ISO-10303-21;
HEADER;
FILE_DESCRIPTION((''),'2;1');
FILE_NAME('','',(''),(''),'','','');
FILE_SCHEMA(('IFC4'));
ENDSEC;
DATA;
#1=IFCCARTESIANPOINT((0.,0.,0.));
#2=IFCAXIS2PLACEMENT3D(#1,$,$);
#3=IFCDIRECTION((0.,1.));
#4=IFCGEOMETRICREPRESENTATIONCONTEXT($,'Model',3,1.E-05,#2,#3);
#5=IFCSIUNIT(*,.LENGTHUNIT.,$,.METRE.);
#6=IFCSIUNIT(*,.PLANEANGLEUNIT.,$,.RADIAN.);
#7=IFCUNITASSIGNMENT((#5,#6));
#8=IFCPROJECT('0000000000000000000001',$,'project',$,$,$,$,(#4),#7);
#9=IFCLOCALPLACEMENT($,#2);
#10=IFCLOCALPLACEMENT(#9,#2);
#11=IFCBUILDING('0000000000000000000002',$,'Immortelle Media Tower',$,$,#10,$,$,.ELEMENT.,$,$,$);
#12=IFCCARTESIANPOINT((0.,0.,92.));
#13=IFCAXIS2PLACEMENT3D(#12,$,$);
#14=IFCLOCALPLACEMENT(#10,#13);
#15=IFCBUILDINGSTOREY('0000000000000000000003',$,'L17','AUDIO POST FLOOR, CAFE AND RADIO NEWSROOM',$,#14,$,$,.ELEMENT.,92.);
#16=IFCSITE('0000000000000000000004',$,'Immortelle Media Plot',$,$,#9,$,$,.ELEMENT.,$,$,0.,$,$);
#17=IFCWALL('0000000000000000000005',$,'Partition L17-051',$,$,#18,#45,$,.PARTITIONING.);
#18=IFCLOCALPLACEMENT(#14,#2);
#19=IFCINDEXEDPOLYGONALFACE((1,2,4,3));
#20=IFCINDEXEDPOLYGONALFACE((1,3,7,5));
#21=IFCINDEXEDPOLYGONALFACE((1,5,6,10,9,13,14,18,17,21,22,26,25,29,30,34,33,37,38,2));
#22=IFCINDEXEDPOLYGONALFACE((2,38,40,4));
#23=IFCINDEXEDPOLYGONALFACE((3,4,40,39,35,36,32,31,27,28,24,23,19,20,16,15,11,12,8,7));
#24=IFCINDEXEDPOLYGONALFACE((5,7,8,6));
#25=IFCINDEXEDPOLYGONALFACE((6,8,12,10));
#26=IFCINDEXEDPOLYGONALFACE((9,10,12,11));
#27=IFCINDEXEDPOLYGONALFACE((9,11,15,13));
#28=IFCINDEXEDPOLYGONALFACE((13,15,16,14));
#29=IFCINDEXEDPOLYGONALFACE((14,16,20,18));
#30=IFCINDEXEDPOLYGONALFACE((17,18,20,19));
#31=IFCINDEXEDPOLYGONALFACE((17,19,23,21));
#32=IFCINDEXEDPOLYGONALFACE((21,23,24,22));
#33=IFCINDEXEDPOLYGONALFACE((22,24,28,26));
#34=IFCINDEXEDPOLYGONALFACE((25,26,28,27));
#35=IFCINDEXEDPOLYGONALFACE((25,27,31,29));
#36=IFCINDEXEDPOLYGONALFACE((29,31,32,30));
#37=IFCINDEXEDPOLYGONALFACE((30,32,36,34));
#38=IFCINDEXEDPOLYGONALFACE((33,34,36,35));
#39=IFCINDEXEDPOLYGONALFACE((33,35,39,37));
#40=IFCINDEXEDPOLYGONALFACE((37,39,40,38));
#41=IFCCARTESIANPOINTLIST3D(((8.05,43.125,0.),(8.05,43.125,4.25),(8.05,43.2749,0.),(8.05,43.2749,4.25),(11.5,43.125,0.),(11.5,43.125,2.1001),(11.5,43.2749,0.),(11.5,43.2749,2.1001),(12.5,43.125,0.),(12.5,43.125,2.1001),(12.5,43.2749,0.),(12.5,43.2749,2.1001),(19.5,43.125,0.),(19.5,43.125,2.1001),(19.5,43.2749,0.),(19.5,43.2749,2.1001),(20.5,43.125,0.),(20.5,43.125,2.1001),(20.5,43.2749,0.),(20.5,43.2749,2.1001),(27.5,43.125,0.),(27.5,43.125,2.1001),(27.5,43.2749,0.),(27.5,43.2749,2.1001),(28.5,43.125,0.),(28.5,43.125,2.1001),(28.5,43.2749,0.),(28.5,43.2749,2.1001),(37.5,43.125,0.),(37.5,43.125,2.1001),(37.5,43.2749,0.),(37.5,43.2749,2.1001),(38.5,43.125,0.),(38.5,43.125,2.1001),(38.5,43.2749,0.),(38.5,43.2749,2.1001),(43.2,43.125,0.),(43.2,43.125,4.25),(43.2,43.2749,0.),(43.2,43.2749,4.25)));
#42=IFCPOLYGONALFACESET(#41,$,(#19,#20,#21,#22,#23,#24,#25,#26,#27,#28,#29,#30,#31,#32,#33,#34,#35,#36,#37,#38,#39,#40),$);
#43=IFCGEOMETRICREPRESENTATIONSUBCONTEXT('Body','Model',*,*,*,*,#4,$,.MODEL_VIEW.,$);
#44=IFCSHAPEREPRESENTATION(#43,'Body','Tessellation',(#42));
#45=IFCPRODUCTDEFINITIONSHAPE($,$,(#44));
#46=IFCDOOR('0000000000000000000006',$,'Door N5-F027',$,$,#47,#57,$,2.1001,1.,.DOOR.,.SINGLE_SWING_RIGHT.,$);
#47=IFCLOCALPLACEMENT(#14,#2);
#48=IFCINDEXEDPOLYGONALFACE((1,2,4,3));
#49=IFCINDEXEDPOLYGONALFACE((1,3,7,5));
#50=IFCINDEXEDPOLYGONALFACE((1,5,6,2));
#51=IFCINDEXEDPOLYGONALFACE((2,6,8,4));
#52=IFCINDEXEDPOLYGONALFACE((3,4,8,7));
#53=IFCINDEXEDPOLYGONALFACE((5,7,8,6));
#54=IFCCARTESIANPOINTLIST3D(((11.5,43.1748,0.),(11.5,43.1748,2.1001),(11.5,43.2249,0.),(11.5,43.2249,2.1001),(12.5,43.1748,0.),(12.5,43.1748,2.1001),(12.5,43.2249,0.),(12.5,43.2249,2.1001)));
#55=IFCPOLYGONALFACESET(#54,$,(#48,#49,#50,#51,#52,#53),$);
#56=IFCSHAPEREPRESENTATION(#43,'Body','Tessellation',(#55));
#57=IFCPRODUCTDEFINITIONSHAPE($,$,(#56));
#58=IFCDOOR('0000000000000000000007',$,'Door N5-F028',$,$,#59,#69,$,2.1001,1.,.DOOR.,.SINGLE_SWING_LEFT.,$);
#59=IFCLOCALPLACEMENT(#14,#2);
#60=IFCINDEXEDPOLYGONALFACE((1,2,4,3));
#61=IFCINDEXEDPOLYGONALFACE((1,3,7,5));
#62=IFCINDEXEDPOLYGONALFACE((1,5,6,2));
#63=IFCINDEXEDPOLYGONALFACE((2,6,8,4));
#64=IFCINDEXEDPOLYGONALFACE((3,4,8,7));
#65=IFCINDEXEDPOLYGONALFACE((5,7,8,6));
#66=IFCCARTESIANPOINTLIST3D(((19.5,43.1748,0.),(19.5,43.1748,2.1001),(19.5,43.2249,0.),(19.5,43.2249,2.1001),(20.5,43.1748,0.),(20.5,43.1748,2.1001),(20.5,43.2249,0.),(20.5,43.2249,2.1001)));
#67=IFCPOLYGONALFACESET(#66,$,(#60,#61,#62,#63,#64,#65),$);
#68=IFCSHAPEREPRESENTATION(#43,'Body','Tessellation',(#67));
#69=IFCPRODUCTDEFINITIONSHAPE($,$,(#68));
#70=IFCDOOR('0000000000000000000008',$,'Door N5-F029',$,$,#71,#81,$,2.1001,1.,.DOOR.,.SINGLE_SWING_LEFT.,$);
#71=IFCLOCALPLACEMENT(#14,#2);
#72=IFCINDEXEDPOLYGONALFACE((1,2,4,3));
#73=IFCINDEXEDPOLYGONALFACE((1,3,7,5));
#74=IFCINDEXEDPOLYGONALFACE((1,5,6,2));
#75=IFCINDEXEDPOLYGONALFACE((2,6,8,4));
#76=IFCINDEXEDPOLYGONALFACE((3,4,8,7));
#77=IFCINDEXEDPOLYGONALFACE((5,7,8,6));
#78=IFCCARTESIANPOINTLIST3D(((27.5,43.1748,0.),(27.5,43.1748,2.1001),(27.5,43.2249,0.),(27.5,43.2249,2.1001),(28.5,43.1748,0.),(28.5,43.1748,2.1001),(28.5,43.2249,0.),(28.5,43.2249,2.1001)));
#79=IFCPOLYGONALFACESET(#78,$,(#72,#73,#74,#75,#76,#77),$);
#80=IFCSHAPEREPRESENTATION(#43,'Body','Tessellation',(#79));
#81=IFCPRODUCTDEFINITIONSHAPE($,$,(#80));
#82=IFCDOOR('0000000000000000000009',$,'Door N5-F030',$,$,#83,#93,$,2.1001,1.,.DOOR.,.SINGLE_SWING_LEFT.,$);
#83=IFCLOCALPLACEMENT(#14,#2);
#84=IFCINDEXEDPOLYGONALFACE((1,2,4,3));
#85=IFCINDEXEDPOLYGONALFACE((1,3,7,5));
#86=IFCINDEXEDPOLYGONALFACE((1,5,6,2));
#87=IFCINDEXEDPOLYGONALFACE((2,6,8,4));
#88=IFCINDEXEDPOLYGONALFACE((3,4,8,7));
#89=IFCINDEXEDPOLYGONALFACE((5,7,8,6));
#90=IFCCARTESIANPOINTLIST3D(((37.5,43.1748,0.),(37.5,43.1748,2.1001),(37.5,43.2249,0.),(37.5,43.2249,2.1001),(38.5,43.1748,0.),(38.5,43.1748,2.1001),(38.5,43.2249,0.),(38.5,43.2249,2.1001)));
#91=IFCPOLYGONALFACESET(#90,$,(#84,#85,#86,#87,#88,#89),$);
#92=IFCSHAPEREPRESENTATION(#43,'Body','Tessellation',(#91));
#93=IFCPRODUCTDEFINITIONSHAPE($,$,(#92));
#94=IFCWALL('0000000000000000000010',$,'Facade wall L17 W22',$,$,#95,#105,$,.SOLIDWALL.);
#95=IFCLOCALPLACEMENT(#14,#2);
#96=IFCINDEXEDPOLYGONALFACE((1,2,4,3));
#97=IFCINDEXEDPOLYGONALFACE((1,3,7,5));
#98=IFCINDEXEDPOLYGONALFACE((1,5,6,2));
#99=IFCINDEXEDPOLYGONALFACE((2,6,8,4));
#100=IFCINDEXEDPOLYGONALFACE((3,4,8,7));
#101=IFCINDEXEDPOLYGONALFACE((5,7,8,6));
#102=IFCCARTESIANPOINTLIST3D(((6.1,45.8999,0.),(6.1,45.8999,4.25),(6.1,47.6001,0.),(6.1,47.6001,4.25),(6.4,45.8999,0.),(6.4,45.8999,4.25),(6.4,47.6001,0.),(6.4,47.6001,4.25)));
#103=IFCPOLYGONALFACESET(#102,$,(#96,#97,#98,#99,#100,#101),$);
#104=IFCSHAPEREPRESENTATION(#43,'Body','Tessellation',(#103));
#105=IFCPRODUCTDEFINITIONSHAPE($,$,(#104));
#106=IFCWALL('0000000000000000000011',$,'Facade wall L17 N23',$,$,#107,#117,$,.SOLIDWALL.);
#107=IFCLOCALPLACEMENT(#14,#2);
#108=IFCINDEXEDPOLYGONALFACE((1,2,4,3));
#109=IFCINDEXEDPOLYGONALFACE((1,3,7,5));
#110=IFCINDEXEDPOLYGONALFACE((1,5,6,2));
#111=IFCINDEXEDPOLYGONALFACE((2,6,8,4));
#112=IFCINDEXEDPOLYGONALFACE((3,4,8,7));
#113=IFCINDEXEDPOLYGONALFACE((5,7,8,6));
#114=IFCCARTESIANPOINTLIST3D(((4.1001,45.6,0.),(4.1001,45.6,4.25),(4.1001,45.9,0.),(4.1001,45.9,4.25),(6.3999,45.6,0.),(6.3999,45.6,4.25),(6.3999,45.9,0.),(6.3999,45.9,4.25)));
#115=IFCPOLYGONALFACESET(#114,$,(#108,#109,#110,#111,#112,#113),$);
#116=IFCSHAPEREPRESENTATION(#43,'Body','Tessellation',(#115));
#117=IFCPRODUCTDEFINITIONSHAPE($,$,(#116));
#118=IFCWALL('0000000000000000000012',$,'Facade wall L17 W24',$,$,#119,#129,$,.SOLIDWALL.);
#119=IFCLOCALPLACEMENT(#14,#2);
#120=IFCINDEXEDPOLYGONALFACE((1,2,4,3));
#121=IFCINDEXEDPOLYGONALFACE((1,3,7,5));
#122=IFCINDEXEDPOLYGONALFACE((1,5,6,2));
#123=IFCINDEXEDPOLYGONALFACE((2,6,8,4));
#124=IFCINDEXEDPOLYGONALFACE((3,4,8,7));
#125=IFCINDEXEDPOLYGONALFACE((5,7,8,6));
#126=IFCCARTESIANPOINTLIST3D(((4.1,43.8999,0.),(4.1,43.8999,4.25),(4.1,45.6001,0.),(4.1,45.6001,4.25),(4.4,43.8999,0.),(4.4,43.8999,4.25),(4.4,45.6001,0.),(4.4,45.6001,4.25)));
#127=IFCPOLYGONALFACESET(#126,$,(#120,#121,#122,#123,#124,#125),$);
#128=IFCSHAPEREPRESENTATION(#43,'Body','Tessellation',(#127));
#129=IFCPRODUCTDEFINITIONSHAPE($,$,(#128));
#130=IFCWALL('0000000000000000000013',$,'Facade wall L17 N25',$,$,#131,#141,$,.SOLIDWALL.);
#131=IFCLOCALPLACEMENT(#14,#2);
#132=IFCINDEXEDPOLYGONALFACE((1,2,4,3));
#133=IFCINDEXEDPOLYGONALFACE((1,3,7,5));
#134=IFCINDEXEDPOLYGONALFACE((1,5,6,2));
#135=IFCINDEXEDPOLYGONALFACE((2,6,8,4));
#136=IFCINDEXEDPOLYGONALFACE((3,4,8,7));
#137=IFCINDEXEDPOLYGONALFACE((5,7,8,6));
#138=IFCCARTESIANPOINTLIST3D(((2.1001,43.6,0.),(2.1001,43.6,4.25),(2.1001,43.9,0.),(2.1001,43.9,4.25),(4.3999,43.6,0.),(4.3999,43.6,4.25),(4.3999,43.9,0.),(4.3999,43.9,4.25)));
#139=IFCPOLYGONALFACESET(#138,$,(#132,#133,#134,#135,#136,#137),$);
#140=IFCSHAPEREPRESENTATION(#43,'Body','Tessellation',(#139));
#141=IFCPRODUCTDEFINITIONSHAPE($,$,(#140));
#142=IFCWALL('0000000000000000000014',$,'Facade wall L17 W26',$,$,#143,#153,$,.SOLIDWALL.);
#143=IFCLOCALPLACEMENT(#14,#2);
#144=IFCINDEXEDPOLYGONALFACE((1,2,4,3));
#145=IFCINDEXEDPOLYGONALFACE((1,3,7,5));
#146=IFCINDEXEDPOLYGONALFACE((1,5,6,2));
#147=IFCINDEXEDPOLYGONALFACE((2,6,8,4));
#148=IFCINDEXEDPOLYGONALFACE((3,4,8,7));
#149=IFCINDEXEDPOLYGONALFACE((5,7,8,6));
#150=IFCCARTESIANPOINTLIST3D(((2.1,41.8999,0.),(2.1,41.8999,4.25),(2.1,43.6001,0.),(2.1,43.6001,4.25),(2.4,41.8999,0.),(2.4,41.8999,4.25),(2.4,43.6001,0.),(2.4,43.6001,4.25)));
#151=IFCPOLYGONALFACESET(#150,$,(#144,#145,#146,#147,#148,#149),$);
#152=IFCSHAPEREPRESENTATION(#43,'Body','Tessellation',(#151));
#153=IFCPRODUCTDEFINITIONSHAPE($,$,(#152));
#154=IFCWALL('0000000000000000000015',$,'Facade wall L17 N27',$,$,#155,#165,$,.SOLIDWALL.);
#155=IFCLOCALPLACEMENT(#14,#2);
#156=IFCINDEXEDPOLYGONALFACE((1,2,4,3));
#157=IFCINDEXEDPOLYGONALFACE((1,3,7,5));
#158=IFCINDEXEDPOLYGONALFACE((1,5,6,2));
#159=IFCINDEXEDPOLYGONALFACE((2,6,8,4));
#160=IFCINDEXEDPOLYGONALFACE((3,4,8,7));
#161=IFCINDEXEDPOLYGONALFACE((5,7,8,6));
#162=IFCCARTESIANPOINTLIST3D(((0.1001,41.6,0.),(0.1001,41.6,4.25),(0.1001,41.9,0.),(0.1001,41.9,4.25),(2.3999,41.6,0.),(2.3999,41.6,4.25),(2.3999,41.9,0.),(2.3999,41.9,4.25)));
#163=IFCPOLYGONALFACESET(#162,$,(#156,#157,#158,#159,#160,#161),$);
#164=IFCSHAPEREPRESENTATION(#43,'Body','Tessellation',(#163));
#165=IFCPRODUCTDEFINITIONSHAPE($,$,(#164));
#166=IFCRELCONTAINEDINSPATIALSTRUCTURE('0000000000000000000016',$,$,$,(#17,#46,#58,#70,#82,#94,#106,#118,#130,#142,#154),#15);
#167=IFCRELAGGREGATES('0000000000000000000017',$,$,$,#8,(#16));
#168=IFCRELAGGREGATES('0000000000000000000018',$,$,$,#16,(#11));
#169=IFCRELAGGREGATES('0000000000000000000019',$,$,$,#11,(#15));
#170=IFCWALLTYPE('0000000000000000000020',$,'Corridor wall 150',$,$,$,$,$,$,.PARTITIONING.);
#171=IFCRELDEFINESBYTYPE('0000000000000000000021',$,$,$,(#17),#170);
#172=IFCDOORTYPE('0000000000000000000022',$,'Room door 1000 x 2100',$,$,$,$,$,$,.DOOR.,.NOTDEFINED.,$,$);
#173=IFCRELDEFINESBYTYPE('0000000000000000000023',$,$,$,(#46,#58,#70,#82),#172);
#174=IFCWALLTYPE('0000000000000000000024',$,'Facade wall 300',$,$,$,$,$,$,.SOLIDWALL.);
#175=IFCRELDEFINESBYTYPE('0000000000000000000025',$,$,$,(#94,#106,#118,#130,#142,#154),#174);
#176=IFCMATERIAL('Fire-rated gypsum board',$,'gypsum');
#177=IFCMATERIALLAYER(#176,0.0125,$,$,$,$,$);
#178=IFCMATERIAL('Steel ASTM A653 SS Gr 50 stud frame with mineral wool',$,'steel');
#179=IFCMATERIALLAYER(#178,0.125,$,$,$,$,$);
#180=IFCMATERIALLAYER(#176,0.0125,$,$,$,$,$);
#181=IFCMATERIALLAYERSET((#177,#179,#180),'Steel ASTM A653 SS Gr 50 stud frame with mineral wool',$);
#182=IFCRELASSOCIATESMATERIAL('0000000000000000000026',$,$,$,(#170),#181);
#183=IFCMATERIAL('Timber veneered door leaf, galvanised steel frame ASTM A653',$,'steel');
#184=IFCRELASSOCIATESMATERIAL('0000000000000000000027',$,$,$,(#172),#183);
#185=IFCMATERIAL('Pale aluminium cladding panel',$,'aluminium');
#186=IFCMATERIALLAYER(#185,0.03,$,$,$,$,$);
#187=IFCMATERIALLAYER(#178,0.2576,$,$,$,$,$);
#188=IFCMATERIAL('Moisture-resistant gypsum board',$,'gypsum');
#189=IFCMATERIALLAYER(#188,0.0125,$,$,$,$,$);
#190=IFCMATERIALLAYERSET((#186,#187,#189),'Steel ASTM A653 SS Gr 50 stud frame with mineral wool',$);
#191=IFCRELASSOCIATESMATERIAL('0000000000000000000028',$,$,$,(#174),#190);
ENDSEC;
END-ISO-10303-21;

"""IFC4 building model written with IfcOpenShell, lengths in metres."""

from ifc_helpers import new_model, si_unit, direction, frame, frame_2d, origin, place, context, subcontext, project, spatial, rectangle, extrude, material, layer, layer_set, type_object, element, fill, save


model = new_model("IFC4")

# Units and contexts
model_context = context("Model", 3, precision=1e-05, world=origin(), true_north=direction((0.0, 1.0)))
body_context = subcontext(model_context, "Body", "Model", "MODEL_VIEW")
ifc_project = project(units=[si_unit("LENGTHUNIT", "METRE"), si_unit("PLANEANGLEUNIT", "RADIAN")], contexts=[model_context])

# Site, building, storey
site_placement = place(None, origin())
site = spatial("IfcSite", under=ifc_project, at=site_placement, Name="Immortelle Media Plot", CompositionType="ELEMENT", RefElevation=0.0)
building_placement = place(site_placement, origin())
building = spatial("IfcBuilding", under=site, at=building_placement, Name="Immortelle Media Tower", CompositionType="ELEMENT")
storey_placement = place(building_placement, frame((0.0, 0.0, 92.0)))
storey = spatial("IfcBuildingStorey", under=building, at=storey_placement, Name="L17", Description="AUDIO POST FLOOR, CAFE AND RADIO NEWSROOM", CompositionType="ELEMENT", Elevation=92.0)

# Wall, openings, doors
ifc_material_1 = material(Name="Fire-rated gypsum board", Category="gypsum")
ifc_layer_1 = layer(ifc_material_1, 0.0125)
ifc_material_2 = material(Name="Steel ASTM A653 SS Gr 50 stud frame with mineral wool", Category="steel")
ifc_layer_2 = layer(ifc_material_2, 0.125)
ifc_layer_3 = layer(ifc_material_1, 0.0125)
ifc_layer_set_1 = layer_set([ifc_layer_1, ifc_layer_2, ifc_layer_3], Name="Steel ASTM A653 SS Gr 50 stud frame with mineral wool")
wall_type_1 = type_object("IfcWallType", Name="Corridor wall 150", PredefinedType="PARTITIONING", material=ifc_layer_set_1)
wall_1_placement = place(storey_placement, frame((8.05, 43.2, 0.0), z_axis=(0.0, 0.0, 1.0), x_axis=(1.0, 0.0, 0.0)))
wall_1 = element("IfcWall", 1, at=wall_1_placement, inside=storey, type_object=wall_type_1, Name="Partition L17-051", PredefinedType="PARTITIONING", context=body_context, shape_type="SweptSolid", body=[
    extrude(rectangle(XDim=35.1499, YDim=0.1499, at=frame_2d((17.575, 0.0))), origin(), (0.0, 0.0, 1.0), 4.25),
])
opening_1_placement = place(wall_1_placement, frame((3.45, 0.0, 0.0)))
opening_1 = element("IfcOpeningElement", 2, at=opening_1_placement, cuts=wall_1, PredefinedType="OPENING", context=body_context, shape_type="SweptSolid", body=[
    extrude(rectangle(XDim=1.0, YDim=2.1001, at=frame_2d((0.5, 1.05))), frame((0.0, 0.085, 0.0), z_axis=(0.0, -1.0, 0.0), x_axis=(1.0, 0.0, 0.0)), (0.0, 0.0, 1.0), 0.1699),
])
opening_2_placement = place(wall_1_placement, frame((11.45, 0.0, 0.0)))
opening_2 = element("IfcOpeningElement", 3, at=opening_2_placement, cuts=wall_1, PredefinedType="OPENING", context=body_context, shape_type="SweptSolid", body=[
    extrude(rectangle(XDim=1.0, YDim=2.1001, at=frame_2d((0.5, 1.05))), frame((0.0, 0.085, 0.0), z_axis=(0.0, -1.0, 0.0), x_axis=(1.0, 0.0, 0.0)), (0.0, 0.0, 1.0), 0.1699),
])
opening_3_placement = place(wall_1_placement, frame((19.45, 0.0, 0.0)))
opening_3 = element("IfcOpeningElement", 4, at=opening_3_placement, cuts=wall_1, PredefinedType="OPENING", context=body_context, shape_type="SweptSolid", body=[
    extrude(rectangle(XDim=1.0, YDim=2.1001, at=frame_2d((0.5, 1.05))), frame((0.0, 0.085, 0.0), z_axis=(0.0, -1.0, 0.0), x_axis=(1.0, 0.0, 0.0)), (0.0, 0.0, 1.0), 0.1699),
])
opening_4_placement = place(wall_1_placement, frame((29.45, 0.0, 0.0)))
opening_4 = element("IfcOpeningElement", 5, at=opening_4_placement, cuts=wall_1, PredefinedType="OPENING", context=body_context, shape_type="SweptSolid", body=[
    extrude(rectangle(XDim=1.0, YDim=2.1001, at=frame_2d((0.5, 1.05))), frame((0.0, 0.085, 0.0), z_axis=(0.0, -1.0, 0.0), x_axis=(1.0, 0.0, 0.0)), (0.0, 0.0, 1.0), 0.1699),
])
ifc_material_3 = material(Name="Timber veneered door leaf, galvanised steel frame ASTM A653", Category="steel")
door_type = type_object("IfcDoorType", Name="Room door 1000 x 2100", OperationType="NOTDEFINED", PredefinedType="DOOR", material=ifc_material_3)
door_1_placement = place(opening_1_placement, origin())
door_1 = element("IfcDoor", 6, at=door_1_placement, inside=storey, type_object=door_type, Name="Door N5-F027", OperationType="SINGLE_SWING_RIGHT", OverallHeight=2.1001, OverallWidth=1.0, PredefinedType="DOOR", context=body_context, shape_type="SweptSolid", body=[
    extrude(rectangle(XDim=1.0, YDim=2.1001, at=frame_2d((0.5, 1.05))), frame((0.0, 0.0249, 0.0), z_axis=(0.0, -1.0, 0.0), x_axis=(1.0, 0.0, 0.0)), (0.0, 0.0, 1.0), 0.05),
])
fill(opening_1, door_1)
door_2_placement = place(opening_2_placement, origin())
door_2 = element("IfcDoor", 7, at=door_2_placement, inside=storey, type_object=door_type, Name="Door N5-F028", OperationType="SINGLE_SWING_LEFT", OverallHeight=2.1001, OverallWidth=1.0, PredefinedType="DOOR", context=body_context, shape_type="SweptSolid", body=[
    extrude(rectangle(XDim=1.0, YDim=2.1001, at=frame_2d((0.5, 1.05))), frame((0.0, 0.0249, 0.0), z_axis=(0.0, -1.0, 0.0), x_axis=(1.0, 0.0, 0.0)), (0.0, 0.0, 1.0), 0.05),
])
fill(opening_2, door_2)
door_3_placement = place(opening_3_placement, origin())
door_3 = element("IfcDoor", 8, at=door_3_placement, inside=storey, type_object=door_type, Name="Door N5-F029", OperationType="SINGLE_SWING_LEFT", OverallHeight=2.1001, OverallWidth=1.0, PredefinedType="DOOR", context=body_context, shape_type="SweptSolid", body=[
    extrude(rectangle(XDim=1.0, YDim=2.1001, at=frame_2d((0.5, 1.05))), frame((0.0, 0.0249, 0.0), z_axis=(0.0, -1.0, 0.0), x_axis=(1.0, 0.0, 0.0)), (0.0, 0.0, 1.0), 0.05),
])
fill(opening_3, door_3)
door_4_placement = place(opening_4_placement, origin())
door_4 = element("IfcDoor", 9, at=door_4_placement, inside=storey, type_object=door_type, Name="Door N5-F030", OperationType="SINGLE_SWING_LEFT", OverallHeight=2.1001, OverallWidth=1.0, PredefinedType="DOOR", context=body_context, shape_type="SweptSolid", body=[
    extrude(rectangle(XDim=1.0, YDim=2.1001, at=frame_2d((0.5, 1.05))), frame((0.0, 0.0249, 0.0), z_axis=(0.0, -1.0, 0.0), x_axis=(1.0, 0.0, 0.0)), (0.0, 0.0, 1.0), 0.05),
])
fill(opening_4, door_4)

# Walls
ifc_material_4 = material(Name="Pale aluminium cladding panel", Category="aluminium")
ifc_layer_4 = layer(ifc_material_4, 0.03)
ifc_layer_5 = layer(ifc_material_2, 0.2576)
ifc_material_5 = material(Name="Moisture-resistant gypsum board", Category="gypsum")
ifc_layer_6 = layer(ifc_material_5, 0.0125)
ifc_layer_set_2 = layer_set([ifc_layer_4, ifc_layer_5, ifc_layer_6], Name="Steel ASTM A653 SS Gr 50 stud frame with mineral wool")
wall_type_2 = type_object("IfcWallType", Name="Facade wall 300", PredefinedType="SOLIDWALL", material=ifc_layer_set_2)
wall_2_placement = place(storey_placement, frame((6.25, 47.6001, 0.0), z_axis=(0.0, 0.0, 1.0), x_axis=(0.0, -1.0, 0.0)))
element("IfcWall", 10, at=wall_2_placement, inside=storey, type_object=wall_type_2, Name="Facade wall L17 W22", PredefinedType="SOLIDWALL", context=body_context, shape_type="SweptSolid", body=[
    extrude(rectangle(XDim=1.7002, YDim=0.3, at=frame_2d((0.8501, 0.0))), origin(), (0.0, 0.0, 1.0), 4.25),
])
wall_3_placement = place(storey_placement, frame((6.3999, 45.75, 0.0), z_axis=(0.0, 0.0, 1.0), x_axis=(-1.0, 0.0, 0.0)))
element("IfcWall", 11, at=wall_3_placement, inside=storey, type_object=wall_type_2, Name="Facade wall L17 N23", PredefinedType="SOLIDWALL", context=body_context, shape_type="SweptSolid", body=[
    extrude(rectangle(XDim=2.2998, YDim=0.3, at=frame_2d((1.1499, 0.0))), origin(), (0.0, 0.0, 1.0), 4.25),
])
wall_4_placement = place(storey_placement, frame((4.25, 45.6001, 0.0), z_axis=(0.0, 0.0, 1.0), x_axis=(0.0, -1.0, 0.0)))
element("IfcWall", 12, at=wall_4_placement, inside=storey, type_object=wall_type_2, Name="Facade wall L17 W24", PredefinedType="SOLIDWALL", context=body_context, shape_type="SweptSolid", body=[
    extrude(rectangle(XDim=1.7002, YDim=0.3, at=frame_2d((0.8501, 0.0))), origin(), (0.0, 0.0, 1.0), 4.25),
])
wall_5_placement = place(storey_placement, frame((4.3999, 43.75, 0.0), z_axis=(0.0, 0.0, 1.0), x_axis=(-1.0, 0.0, 0.0)))
element("IfcWall", 13, at=wall_5_placement, inside=storey, type_object=wall_type_2, Name="Facade wall L17 N25", PredefinedType="SOLIDWALL", context=body_context, shape_type="SweptSolid", body=[
    extrude(rectangle(XDim=2.2998, YDim=0.3, at=frame_2d((1.1499, 0.0))), origin(), (0.0, 0.0, 1.0), 4.25),
])
wall_6_placement = place(storey_placement, frame((2.25, 43.6001, 0.0), z_axis=(0.0, 0.0, 1.0), x_axis=(0.0, -1.0, 0.0)))
element("IfcWall", 14, at=wall_6_placement, inside=storey, type_object=wall_type_2, Name="Facade wall L17 W26", PredefinedType="SOLIDWALL", context=body_context, shape_type="SweptSolid", body=[
    extrude(rectangle(XDim=1.7002, YDim=0.3, at=frame_2d((0.8501, 0.0))), origin(), (0.0, 0.0, 1.0), 4.25),
])
wall_7_placement = place(storey_placement, frame((2.3999, 41.75, 0.0), z_axis=(0.0, 0.0, 1.0), x_axis=(-1.0, 0.0, 0.0)))
element("IfcWall", 15, at=wall_7_placement, inside=storey, type_object=wall_type_2, Name="Facade wall L17 N27", PredefinedType="SOLIDWALL", context=body_context, shape_type="SweptSolid", body=[
    extrude(rectangle(XDim=2.2998, YDim=0.3, at=frame_2d((1.1499, 0.0))), origin(), (0.0, 0.0, 1.0), 4.25),
])

save(model, "model.ifc")
